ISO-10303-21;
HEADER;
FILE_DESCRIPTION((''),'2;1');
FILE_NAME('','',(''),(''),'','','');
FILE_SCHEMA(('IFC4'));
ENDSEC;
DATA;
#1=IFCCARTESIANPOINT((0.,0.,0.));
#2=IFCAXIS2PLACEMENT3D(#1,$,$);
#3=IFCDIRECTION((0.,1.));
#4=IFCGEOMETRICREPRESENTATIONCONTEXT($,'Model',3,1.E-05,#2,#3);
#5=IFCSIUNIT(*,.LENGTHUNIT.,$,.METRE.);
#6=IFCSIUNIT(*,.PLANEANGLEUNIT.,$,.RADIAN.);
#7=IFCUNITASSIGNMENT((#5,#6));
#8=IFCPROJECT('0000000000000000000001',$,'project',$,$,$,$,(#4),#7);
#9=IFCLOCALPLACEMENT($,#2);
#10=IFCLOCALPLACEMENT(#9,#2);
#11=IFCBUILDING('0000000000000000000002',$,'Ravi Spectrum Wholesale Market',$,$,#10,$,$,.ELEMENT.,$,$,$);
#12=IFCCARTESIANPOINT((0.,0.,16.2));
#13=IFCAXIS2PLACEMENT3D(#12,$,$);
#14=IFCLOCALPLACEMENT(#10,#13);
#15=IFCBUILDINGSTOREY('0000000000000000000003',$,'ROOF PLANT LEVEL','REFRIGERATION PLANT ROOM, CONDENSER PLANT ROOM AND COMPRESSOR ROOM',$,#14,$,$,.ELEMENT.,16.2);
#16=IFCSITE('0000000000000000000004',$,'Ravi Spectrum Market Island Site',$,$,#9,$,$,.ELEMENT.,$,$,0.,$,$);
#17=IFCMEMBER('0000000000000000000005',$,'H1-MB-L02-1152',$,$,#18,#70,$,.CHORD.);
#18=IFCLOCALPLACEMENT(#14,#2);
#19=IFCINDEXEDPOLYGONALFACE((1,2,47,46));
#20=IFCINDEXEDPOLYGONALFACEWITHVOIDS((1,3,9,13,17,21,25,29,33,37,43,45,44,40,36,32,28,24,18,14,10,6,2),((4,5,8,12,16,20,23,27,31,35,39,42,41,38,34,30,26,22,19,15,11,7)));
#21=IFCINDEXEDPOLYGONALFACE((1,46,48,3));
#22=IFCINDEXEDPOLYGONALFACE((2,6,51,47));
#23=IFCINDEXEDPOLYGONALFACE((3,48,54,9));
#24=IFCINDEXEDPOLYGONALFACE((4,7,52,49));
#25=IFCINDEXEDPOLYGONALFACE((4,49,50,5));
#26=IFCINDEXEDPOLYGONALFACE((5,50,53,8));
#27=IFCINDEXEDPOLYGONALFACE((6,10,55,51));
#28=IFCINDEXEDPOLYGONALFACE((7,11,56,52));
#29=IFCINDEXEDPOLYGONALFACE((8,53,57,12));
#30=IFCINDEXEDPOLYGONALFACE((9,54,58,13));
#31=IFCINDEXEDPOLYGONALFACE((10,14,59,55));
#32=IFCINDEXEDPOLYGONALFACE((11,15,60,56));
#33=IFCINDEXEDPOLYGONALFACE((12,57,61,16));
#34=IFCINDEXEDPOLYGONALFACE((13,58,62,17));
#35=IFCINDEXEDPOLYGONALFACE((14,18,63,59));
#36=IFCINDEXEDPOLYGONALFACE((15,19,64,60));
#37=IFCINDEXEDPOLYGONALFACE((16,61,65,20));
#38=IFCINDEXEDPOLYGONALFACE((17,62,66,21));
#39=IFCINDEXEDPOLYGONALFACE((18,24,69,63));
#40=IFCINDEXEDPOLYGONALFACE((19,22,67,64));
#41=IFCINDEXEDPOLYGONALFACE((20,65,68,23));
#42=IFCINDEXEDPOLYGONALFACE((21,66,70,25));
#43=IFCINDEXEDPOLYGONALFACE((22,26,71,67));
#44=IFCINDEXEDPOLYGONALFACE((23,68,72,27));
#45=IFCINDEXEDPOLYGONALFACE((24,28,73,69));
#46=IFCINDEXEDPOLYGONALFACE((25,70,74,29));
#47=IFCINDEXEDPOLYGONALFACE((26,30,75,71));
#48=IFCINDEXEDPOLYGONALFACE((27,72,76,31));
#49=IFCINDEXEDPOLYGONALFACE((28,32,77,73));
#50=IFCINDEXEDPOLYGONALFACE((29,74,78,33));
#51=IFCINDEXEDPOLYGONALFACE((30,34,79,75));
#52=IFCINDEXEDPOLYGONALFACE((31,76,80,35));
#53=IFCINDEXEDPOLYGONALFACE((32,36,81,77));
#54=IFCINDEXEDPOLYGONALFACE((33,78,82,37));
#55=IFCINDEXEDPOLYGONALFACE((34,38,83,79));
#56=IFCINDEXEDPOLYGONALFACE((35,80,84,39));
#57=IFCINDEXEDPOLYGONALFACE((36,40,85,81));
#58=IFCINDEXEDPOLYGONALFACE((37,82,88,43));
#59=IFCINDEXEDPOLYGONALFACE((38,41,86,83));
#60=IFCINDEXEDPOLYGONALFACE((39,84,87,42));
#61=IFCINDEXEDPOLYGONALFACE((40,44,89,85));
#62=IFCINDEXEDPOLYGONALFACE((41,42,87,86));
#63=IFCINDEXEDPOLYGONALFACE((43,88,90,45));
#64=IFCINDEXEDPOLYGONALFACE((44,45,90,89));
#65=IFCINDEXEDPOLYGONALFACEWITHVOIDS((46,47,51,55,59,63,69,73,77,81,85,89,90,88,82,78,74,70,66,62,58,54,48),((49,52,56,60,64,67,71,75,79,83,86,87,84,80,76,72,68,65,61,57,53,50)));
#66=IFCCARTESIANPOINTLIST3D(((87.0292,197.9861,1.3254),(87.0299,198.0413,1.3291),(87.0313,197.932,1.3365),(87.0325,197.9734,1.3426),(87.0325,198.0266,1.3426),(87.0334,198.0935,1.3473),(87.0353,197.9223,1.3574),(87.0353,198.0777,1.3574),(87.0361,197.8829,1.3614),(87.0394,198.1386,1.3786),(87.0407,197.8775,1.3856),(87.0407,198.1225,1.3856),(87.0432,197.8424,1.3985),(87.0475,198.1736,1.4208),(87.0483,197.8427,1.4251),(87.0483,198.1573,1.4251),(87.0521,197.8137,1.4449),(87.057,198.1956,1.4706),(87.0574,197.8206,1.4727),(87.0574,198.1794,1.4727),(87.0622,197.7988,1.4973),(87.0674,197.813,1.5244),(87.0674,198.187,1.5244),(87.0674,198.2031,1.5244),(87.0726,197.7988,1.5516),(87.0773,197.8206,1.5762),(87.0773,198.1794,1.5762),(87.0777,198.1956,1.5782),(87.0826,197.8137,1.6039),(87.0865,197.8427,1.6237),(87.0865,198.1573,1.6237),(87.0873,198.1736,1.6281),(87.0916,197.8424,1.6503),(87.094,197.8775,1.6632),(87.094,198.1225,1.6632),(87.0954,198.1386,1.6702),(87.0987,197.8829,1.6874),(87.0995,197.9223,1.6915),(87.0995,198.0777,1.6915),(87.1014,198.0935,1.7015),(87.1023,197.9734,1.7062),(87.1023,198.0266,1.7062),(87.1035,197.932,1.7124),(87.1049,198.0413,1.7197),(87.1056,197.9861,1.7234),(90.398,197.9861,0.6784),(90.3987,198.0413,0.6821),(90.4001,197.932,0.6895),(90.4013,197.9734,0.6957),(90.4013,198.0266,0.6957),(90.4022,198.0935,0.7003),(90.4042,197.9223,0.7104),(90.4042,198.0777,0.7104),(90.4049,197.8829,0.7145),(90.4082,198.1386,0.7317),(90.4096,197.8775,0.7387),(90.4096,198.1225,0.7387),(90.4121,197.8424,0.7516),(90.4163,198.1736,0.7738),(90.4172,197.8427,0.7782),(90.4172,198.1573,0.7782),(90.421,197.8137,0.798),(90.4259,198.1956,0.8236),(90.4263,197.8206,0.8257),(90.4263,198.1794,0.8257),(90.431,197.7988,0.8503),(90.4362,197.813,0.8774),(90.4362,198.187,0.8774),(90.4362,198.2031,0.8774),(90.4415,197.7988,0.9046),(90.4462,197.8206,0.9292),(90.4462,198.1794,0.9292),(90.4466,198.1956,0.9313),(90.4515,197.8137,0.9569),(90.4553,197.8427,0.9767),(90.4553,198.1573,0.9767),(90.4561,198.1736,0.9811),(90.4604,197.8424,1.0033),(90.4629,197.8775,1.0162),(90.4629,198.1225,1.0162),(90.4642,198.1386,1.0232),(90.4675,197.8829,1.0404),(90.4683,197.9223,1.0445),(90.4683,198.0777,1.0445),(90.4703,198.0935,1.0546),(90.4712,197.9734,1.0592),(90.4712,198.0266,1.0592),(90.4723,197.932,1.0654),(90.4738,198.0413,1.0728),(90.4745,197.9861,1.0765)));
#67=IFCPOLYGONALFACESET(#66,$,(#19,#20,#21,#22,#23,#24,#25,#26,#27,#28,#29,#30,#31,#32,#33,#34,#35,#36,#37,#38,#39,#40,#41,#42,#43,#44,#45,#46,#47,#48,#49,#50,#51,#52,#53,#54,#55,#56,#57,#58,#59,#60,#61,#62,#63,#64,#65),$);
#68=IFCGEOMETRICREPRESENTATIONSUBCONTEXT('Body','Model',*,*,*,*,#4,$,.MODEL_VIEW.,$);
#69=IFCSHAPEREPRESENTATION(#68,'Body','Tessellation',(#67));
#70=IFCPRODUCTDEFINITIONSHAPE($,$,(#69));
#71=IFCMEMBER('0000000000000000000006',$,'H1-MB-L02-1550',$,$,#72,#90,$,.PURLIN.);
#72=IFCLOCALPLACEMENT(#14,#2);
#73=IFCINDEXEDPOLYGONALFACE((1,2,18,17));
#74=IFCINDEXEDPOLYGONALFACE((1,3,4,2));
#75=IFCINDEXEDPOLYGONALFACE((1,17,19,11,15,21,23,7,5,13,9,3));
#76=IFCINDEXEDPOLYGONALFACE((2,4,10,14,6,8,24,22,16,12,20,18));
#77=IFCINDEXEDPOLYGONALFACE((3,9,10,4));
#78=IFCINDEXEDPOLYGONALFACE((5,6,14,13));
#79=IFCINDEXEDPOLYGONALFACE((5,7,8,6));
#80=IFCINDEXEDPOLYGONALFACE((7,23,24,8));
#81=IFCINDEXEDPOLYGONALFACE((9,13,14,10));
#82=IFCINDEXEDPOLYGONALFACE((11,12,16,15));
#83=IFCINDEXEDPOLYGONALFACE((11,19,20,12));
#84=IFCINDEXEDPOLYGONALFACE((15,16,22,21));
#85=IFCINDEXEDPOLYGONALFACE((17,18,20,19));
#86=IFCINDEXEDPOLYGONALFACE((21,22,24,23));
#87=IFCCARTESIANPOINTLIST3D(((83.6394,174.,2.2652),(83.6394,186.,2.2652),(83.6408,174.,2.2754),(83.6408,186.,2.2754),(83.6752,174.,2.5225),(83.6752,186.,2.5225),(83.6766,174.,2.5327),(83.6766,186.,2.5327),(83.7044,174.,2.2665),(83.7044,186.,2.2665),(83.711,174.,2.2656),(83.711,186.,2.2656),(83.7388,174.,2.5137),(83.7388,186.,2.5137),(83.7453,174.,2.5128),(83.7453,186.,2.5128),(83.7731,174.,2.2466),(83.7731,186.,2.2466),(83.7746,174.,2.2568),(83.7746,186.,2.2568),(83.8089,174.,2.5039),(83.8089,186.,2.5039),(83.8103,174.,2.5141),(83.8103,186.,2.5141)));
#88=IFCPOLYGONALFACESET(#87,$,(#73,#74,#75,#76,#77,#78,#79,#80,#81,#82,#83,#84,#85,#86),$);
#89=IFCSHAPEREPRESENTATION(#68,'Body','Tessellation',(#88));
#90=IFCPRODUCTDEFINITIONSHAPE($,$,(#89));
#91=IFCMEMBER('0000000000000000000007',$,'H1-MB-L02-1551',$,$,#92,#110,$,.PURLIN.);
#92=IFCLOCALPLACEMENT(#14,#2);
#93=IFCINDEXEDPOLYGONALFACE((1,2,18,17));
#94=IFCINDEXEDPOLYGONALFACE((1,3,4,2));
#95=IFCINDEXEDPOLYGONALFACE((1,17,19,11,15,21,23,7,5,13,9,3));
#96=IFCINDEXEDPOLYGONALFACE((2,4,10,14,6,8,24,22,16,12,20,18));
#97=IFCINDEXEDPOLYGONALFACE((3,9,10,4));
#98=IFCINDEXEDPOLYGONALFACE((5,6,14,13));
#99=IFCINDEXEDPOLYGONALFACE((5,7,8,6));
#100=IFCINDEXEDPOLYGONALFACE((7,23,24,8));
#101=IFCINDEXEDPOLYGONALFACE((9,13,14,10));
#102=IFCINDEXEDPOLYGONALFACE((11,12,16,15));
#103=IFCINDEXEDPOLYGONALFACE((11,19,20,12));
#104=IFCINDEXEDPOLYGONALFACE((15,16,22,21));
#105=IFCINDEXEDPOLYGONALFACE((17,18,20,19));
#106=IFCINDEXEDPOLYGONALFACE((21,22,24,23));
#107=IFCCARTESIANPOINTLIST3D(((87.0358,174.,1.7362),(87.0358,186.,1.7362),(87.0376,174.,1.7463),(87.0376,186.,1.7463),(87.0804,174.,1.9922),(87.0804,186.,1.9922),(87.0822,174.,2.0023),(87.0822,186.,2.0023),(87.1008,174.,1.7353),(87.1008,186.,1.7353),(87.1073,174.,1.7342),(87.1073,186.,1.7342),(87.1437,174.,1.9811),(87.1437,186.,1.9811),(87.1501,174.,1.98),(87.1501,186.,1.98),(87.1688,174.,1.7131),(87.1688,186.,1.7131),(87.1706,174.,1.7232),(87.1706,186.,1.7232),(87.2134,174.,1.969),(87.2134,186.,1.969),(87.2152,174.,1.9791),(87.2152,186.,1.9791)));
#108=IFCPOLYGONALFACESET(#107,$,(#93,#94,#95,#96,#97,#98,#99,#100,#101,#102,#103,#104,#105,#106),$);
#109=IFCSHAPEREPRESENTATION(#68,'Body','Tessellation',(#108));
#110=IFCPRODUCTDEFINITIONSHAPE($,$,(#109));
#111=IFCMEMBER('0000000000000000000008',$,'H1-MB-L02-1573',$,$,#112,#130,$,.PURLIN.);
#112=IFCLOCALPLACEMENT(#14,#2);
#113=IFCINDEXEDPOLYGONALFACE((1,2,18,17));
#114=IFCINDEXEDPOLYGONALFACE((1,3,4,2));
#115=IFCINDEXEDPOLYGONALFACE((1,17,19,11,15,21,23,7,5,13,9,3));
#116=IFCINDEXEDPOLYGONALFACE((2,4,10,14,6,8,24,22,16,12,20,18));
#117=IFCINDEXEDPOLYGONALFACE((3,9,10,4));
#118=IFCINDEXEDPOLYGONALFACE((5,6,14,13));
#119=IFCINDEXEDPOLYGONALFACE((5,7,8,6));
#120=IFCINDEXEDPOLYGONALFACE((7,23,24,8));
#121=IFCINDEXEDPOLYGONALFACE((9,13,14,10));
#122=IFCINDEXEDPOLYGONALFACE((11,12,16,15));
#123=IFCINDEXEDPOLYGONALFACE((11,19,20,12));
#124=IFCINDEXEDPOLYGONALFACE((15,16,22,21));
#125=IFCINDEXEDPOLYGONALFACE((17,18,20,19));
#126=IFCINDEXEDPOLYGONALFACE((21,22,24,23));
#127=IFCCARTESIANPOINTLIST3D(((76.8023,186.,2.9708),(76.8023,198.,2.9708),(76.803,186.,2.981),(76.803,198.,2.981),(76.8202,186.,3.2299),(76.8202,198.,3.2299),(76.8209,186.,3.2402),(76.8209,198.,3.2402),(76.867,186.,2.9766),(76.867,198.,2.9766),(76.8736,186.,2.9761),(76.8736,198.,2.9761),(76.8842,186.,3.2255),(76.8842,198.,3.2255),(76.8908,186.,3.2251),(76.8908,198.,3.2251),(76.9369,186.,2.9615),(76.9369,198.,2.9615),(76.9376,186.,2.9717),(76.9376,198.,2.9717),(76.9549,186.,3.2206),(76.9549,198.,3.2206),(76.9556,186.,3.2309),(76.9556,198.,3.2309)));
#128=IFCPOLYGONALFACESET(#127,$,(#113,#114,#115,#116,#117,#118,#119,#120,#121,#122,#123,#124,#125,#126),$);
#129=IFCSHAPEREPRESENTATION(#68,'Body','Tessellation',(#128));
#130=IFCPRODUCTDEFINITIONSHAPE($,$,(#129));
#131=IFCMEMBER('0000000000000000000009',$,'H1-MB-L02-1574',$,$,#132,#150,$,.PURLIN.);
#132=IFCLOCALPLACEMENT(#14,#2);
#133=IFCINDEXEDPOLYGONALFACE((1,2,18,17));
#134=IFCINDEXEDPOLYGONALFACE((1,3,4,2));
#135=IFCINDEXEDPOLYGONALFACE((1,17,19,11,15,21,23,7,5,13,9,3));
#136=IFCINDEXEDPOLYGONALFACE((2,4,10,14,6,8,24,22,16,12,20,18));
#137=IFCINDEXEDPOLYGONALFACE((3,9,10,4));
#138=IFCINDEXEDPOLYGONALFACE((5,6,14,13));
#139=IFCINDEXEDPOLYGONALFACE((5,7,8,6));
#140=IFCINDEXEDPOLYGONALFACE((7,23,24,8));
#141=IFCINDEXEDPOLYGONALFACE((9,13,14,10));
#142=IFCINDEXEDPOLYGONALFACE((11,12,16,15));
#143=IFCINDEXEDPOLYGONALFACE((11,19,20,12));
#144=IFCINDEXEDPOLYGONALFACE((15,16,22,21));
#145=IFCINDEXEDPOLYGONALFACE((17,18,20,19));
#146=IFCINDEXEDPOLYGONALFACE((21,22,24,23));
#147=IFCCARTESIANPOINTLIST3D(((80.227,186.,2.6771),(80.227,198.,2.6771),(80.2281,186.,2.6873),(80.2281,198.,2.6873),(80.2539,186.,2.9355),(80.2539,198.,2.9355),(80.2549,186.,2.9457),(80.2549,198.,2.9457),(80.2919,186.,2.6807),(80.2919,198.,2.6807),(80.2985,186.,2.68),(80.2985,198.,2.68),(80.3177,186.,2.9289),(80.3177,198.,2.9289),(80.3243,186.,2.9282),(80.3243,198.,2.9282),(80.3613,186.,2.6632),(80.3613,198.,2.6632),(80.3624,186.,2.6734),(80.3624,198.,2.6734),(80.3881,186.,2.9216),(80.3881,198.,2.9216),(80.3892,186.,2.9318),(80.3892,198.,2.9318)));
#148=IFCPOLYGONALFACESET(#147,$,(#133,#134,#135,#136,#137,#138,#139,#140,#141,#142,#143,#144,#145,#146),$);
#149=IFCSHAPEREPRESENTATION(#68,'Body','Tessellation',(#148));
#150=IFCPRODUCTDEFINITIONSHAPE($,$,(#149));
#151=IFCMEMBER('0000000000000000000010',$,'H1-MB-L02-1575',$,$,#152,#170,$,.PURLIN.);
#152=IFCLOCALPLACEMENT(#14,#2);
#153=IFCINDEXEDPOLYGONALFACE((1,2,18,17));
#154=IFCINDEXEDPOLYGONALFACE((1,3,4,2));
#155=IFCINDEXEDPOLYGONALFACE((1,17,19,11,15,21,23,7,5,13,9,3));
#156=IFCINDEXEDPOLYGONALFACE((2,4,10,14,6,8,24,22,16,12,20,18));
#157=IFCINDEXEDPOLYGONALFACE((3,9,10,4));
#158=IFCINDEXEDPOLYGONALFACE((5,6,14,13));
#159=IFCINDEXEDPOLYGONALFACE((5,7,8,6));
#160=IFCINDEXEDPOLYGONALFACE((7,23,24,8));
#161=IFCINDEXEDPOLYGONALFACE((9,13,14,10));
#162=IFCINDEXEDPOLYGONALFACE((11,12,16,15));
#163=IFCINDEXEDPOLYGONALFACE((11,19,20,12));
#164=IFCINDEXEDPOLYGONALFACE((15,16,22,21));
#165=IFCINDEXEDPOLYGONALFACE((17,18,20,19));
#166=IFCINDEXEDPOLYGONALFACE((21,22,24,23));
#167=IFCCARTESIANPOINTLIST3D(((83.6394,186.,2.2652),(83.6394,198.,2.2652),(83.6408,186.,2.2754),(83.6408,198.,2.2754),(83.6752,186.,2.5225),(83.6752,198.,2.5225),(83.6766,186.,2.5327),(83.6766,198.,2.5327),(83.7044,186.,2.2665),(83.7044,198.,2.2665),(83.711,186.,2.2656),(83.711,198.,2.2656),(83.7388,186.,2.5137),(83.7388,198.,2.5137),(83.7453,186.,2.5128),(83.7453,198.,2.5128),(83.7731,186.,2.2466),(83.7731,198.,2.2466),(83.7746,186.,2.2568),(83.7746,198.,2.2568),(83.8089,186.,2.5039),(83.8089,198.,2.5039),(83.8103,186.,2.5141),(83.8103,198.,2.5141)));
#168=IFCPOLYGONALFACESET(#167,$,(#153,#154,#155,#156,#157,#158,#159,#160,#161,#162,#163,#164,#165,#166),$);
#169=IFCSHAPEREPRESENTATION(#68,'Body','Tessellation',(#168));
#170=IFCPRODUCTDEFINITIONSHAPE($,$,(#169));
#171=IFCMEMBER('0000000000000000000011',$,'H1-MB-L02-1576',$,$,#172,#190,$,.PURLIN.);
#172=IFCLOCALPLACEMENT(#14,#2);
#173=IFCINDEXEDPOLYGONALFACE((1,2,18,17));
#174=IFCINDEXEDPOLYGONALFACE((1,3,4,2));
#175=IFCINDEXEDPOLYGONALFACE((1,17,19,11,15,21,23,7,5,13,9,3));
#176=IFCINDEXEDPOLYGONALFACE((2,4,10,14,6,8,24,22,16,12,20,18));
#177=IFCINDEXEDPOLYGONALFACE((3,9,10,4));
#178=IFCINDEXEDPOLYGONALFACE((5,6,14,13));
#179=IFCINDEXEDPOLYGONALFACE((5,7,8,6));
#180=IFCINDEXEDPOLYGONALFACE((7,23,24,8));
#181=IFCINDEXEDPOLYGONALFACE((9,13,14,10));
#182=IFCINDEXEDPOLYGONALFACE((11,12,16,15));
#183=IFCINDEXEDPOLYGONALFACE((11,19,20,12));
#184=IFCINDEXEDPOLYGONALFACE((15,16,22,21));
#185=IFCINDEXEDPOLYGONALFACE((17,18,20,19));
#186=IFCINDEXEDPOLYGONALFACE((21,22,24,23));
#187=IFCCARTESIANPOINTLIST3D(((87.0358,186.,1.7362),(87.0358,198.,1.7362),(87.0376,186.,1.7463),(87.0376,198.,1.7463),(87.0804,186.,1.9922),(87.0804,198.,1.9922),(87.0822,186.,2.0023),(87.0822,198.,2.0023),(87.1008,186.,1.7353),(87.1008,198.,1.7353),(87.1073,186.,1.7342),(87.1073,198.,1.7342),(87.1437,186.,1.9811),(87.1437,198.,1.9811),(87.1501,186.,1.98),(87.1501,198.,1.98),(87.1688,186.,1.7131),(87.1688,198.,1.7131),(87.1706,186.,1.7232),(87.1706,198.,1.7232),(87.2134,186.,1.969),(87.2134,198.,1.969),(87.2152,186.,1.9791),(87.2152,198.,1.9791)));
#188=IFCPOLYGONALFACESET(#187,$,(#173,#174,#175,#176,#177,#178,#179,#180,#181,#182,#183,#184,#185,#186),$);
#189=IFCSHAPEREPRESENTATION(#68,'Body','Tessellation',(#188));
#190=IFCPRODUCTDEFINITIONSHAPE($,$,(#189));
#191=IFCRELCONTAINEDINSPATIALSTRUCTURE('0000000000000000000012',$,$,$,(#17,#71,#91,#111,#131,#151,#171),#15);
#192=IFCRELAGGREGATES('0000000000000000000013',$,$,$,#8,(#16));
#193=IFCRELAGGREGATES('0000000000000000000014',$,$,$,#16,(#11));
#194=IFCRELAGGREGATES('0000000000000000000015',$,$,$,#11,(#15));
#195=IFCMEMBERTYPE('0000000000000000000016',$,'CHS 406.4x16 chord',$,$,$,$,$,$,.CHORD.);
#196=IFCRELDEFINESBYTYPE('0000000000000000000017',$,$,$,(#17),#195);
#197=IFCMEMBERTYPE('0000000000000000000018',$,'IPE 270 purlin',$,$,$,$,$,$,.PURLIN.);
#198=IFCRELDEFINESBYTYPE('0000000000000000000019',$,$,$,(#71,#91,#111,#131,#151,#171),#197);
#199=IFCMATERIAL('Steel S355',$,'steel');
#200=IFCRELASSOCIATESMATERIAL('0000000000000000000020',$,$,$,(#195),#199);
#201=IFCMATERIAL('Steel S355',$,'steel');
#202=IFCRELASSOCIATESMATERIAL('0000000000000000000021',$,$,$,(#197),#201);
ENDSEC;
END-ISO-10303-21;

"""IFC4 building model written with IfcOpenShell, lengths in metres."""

from ifc_helpers import new_model, si_unit, direction, frame, origin, origin_2d, place, context, subcontext, project, spatial, hollow_circle, i_section, extrude, material, material_profile, profile_set, type_object, element, save


model = new_model("IFC4")

# Units and contexts
model_context = context("Model", 3, precision=1e-05, world=origin(), true_north=direction((0.0, 1.0)))
body_context = subcontext(model_context, "Body", "Model", "MODEL_VIEW")
ifc_project = project(units=[si_unit("LENGTHUNIT", "METRE"), si_unit("PLANEANGLEUNIT", "RADIAN")], contexts=[model_context])

# Site, building, storey
site_placement = place(None, origin())
site = spatial("IfcSite", under=ifc_project, at=site_placement, Name="Ravi Spectrum Market Island Site", CompositionType="ELEMENT", RefElevation=0.0)
building_placement = place(site_placement, origin())
building = spatial("IfcBuilding", under=site, at=building_placement, Name="Ravi Spectrum Wholesale Market", CompositionType="ELEMENT")
storey_placement = place(building_placement, frame((0.0, 0.0, 16.2)))
storey = spatial("IfcBuildingStorey", under=building, at=storey_placement, Name="ROOF PLANT LEVEL", Description="REFRIGERATION PLANT ROOM, CONDENSER PLANT ROOM AND COMPRESSOR ROOM", CompositionType="ELEMENT", Elevation=16.2)

# Members
ifc_material_1 = material(Name="Steel S355", Category="steel")
ifc_material_profile_1 = material_profile(ifc_material_1, hollow_circle(Radius=0.2031, WallThickness=0.0161, at=origin_2d()))
ifc_profile_set_1 = profile_set([ifc_material_profile_1], Name="Steel S355")
member_type_1 = type_object("IfcMemberType", Name="CHS 406.4x16 chord", PredefinedType="CHORD", material=ifc_profile_set_1)
member_1_placement = place(storey_placement, frame((87.0674, 198.0, 1.5244), z_axis=(0.982055, 0.0, -0.188597), x_axis=(0.0, 1.0, 0.0)))
element("IfcMember", 1, at=member_1_placement, inside=storey, type_object=member_type_1, Name="H1-MB-L02-1152", PredefinedType="CHORD", context=body_context, shape_type="SweptSolid", body=[
    extrude(hollow_circle(Radius=0.2031, WallThickness=0.0161, at=origin_2d()), origin(), (0.0, 0.0, 1.0), 3.4304),
])
ifc_material_2 = material(Name="Steel S355", Category="steel")
ifc_material_profile_2 = material_profile(ifc_material_2, i_section(OverallWidth=0.135, OverallDepth=0.27, WebThickness=0.0066, FlangeThickness=0.0103, at=origin_2d()))
ifc_profile_set_2 = profile_set([ifc_material_profile_2], Name="Steel S355")
member_type_2 = type_object("IfcMemberType", Name="IPE 270 purlin", PredefinedType="PURLIN", material=ifc_profile_set_2)
for number, where, z_axis, x_axis, name in (
    (2, (83.7249, 174.0, 2.3896), (0.0, 1.0, 0.0), (-0.990494, 0.0, 0.137557), "H1-MB-L02-1550"),
    (3, (87.1255, 174.0, 1.8577), (0.0, 1.0, 0.0), (-0.98516, 0.0, 0.171639), "H1-MB-L02-1551"),
    (4, (76.8789, 186.0, 3.1008), (0.0, 1.0, 0.0), (-0.997621, 0.0, 0.068943), "H1-MB-L02-1573"),
    (5, (80.3081, 186.0, 2.8044), (0.0, 1.0, 0.0), (-0.994649, 0.0, 0.103311), "H1-MB-L02-1574"),
    (6, (83.7249, 186.0, 2.3896), (0.0, 1.0, 0.0), (-0.990494, 0.0, 0.137557), "H1-MB-L02-1575"),
    (7, (87.1255, 186.0, 1.8577), (0.0, 1.0, 0.0), (-0.98516, 0.0, 0.171639), "H1-MB-L02-1576"),
):
    element("IfcMember", number, at=place(storey_placement, frame(where, z_axis=z_axis, x_axis=x_axis)), inside=storey, type_object=member_type_2, Name=name, PredefinedType="PURLIN", context=body_context, shape_type="SweptSolid", body=[
        extrude(i_section(OverallWidth=0.135, OverallDepth=0.27, WebThickness=0.0066, FlangeThickness=0.0103, at=origin_2d()), origin(), (0.0, 0.0, 1.0), 12.0),
    ])

save(model, "model.ifc")
